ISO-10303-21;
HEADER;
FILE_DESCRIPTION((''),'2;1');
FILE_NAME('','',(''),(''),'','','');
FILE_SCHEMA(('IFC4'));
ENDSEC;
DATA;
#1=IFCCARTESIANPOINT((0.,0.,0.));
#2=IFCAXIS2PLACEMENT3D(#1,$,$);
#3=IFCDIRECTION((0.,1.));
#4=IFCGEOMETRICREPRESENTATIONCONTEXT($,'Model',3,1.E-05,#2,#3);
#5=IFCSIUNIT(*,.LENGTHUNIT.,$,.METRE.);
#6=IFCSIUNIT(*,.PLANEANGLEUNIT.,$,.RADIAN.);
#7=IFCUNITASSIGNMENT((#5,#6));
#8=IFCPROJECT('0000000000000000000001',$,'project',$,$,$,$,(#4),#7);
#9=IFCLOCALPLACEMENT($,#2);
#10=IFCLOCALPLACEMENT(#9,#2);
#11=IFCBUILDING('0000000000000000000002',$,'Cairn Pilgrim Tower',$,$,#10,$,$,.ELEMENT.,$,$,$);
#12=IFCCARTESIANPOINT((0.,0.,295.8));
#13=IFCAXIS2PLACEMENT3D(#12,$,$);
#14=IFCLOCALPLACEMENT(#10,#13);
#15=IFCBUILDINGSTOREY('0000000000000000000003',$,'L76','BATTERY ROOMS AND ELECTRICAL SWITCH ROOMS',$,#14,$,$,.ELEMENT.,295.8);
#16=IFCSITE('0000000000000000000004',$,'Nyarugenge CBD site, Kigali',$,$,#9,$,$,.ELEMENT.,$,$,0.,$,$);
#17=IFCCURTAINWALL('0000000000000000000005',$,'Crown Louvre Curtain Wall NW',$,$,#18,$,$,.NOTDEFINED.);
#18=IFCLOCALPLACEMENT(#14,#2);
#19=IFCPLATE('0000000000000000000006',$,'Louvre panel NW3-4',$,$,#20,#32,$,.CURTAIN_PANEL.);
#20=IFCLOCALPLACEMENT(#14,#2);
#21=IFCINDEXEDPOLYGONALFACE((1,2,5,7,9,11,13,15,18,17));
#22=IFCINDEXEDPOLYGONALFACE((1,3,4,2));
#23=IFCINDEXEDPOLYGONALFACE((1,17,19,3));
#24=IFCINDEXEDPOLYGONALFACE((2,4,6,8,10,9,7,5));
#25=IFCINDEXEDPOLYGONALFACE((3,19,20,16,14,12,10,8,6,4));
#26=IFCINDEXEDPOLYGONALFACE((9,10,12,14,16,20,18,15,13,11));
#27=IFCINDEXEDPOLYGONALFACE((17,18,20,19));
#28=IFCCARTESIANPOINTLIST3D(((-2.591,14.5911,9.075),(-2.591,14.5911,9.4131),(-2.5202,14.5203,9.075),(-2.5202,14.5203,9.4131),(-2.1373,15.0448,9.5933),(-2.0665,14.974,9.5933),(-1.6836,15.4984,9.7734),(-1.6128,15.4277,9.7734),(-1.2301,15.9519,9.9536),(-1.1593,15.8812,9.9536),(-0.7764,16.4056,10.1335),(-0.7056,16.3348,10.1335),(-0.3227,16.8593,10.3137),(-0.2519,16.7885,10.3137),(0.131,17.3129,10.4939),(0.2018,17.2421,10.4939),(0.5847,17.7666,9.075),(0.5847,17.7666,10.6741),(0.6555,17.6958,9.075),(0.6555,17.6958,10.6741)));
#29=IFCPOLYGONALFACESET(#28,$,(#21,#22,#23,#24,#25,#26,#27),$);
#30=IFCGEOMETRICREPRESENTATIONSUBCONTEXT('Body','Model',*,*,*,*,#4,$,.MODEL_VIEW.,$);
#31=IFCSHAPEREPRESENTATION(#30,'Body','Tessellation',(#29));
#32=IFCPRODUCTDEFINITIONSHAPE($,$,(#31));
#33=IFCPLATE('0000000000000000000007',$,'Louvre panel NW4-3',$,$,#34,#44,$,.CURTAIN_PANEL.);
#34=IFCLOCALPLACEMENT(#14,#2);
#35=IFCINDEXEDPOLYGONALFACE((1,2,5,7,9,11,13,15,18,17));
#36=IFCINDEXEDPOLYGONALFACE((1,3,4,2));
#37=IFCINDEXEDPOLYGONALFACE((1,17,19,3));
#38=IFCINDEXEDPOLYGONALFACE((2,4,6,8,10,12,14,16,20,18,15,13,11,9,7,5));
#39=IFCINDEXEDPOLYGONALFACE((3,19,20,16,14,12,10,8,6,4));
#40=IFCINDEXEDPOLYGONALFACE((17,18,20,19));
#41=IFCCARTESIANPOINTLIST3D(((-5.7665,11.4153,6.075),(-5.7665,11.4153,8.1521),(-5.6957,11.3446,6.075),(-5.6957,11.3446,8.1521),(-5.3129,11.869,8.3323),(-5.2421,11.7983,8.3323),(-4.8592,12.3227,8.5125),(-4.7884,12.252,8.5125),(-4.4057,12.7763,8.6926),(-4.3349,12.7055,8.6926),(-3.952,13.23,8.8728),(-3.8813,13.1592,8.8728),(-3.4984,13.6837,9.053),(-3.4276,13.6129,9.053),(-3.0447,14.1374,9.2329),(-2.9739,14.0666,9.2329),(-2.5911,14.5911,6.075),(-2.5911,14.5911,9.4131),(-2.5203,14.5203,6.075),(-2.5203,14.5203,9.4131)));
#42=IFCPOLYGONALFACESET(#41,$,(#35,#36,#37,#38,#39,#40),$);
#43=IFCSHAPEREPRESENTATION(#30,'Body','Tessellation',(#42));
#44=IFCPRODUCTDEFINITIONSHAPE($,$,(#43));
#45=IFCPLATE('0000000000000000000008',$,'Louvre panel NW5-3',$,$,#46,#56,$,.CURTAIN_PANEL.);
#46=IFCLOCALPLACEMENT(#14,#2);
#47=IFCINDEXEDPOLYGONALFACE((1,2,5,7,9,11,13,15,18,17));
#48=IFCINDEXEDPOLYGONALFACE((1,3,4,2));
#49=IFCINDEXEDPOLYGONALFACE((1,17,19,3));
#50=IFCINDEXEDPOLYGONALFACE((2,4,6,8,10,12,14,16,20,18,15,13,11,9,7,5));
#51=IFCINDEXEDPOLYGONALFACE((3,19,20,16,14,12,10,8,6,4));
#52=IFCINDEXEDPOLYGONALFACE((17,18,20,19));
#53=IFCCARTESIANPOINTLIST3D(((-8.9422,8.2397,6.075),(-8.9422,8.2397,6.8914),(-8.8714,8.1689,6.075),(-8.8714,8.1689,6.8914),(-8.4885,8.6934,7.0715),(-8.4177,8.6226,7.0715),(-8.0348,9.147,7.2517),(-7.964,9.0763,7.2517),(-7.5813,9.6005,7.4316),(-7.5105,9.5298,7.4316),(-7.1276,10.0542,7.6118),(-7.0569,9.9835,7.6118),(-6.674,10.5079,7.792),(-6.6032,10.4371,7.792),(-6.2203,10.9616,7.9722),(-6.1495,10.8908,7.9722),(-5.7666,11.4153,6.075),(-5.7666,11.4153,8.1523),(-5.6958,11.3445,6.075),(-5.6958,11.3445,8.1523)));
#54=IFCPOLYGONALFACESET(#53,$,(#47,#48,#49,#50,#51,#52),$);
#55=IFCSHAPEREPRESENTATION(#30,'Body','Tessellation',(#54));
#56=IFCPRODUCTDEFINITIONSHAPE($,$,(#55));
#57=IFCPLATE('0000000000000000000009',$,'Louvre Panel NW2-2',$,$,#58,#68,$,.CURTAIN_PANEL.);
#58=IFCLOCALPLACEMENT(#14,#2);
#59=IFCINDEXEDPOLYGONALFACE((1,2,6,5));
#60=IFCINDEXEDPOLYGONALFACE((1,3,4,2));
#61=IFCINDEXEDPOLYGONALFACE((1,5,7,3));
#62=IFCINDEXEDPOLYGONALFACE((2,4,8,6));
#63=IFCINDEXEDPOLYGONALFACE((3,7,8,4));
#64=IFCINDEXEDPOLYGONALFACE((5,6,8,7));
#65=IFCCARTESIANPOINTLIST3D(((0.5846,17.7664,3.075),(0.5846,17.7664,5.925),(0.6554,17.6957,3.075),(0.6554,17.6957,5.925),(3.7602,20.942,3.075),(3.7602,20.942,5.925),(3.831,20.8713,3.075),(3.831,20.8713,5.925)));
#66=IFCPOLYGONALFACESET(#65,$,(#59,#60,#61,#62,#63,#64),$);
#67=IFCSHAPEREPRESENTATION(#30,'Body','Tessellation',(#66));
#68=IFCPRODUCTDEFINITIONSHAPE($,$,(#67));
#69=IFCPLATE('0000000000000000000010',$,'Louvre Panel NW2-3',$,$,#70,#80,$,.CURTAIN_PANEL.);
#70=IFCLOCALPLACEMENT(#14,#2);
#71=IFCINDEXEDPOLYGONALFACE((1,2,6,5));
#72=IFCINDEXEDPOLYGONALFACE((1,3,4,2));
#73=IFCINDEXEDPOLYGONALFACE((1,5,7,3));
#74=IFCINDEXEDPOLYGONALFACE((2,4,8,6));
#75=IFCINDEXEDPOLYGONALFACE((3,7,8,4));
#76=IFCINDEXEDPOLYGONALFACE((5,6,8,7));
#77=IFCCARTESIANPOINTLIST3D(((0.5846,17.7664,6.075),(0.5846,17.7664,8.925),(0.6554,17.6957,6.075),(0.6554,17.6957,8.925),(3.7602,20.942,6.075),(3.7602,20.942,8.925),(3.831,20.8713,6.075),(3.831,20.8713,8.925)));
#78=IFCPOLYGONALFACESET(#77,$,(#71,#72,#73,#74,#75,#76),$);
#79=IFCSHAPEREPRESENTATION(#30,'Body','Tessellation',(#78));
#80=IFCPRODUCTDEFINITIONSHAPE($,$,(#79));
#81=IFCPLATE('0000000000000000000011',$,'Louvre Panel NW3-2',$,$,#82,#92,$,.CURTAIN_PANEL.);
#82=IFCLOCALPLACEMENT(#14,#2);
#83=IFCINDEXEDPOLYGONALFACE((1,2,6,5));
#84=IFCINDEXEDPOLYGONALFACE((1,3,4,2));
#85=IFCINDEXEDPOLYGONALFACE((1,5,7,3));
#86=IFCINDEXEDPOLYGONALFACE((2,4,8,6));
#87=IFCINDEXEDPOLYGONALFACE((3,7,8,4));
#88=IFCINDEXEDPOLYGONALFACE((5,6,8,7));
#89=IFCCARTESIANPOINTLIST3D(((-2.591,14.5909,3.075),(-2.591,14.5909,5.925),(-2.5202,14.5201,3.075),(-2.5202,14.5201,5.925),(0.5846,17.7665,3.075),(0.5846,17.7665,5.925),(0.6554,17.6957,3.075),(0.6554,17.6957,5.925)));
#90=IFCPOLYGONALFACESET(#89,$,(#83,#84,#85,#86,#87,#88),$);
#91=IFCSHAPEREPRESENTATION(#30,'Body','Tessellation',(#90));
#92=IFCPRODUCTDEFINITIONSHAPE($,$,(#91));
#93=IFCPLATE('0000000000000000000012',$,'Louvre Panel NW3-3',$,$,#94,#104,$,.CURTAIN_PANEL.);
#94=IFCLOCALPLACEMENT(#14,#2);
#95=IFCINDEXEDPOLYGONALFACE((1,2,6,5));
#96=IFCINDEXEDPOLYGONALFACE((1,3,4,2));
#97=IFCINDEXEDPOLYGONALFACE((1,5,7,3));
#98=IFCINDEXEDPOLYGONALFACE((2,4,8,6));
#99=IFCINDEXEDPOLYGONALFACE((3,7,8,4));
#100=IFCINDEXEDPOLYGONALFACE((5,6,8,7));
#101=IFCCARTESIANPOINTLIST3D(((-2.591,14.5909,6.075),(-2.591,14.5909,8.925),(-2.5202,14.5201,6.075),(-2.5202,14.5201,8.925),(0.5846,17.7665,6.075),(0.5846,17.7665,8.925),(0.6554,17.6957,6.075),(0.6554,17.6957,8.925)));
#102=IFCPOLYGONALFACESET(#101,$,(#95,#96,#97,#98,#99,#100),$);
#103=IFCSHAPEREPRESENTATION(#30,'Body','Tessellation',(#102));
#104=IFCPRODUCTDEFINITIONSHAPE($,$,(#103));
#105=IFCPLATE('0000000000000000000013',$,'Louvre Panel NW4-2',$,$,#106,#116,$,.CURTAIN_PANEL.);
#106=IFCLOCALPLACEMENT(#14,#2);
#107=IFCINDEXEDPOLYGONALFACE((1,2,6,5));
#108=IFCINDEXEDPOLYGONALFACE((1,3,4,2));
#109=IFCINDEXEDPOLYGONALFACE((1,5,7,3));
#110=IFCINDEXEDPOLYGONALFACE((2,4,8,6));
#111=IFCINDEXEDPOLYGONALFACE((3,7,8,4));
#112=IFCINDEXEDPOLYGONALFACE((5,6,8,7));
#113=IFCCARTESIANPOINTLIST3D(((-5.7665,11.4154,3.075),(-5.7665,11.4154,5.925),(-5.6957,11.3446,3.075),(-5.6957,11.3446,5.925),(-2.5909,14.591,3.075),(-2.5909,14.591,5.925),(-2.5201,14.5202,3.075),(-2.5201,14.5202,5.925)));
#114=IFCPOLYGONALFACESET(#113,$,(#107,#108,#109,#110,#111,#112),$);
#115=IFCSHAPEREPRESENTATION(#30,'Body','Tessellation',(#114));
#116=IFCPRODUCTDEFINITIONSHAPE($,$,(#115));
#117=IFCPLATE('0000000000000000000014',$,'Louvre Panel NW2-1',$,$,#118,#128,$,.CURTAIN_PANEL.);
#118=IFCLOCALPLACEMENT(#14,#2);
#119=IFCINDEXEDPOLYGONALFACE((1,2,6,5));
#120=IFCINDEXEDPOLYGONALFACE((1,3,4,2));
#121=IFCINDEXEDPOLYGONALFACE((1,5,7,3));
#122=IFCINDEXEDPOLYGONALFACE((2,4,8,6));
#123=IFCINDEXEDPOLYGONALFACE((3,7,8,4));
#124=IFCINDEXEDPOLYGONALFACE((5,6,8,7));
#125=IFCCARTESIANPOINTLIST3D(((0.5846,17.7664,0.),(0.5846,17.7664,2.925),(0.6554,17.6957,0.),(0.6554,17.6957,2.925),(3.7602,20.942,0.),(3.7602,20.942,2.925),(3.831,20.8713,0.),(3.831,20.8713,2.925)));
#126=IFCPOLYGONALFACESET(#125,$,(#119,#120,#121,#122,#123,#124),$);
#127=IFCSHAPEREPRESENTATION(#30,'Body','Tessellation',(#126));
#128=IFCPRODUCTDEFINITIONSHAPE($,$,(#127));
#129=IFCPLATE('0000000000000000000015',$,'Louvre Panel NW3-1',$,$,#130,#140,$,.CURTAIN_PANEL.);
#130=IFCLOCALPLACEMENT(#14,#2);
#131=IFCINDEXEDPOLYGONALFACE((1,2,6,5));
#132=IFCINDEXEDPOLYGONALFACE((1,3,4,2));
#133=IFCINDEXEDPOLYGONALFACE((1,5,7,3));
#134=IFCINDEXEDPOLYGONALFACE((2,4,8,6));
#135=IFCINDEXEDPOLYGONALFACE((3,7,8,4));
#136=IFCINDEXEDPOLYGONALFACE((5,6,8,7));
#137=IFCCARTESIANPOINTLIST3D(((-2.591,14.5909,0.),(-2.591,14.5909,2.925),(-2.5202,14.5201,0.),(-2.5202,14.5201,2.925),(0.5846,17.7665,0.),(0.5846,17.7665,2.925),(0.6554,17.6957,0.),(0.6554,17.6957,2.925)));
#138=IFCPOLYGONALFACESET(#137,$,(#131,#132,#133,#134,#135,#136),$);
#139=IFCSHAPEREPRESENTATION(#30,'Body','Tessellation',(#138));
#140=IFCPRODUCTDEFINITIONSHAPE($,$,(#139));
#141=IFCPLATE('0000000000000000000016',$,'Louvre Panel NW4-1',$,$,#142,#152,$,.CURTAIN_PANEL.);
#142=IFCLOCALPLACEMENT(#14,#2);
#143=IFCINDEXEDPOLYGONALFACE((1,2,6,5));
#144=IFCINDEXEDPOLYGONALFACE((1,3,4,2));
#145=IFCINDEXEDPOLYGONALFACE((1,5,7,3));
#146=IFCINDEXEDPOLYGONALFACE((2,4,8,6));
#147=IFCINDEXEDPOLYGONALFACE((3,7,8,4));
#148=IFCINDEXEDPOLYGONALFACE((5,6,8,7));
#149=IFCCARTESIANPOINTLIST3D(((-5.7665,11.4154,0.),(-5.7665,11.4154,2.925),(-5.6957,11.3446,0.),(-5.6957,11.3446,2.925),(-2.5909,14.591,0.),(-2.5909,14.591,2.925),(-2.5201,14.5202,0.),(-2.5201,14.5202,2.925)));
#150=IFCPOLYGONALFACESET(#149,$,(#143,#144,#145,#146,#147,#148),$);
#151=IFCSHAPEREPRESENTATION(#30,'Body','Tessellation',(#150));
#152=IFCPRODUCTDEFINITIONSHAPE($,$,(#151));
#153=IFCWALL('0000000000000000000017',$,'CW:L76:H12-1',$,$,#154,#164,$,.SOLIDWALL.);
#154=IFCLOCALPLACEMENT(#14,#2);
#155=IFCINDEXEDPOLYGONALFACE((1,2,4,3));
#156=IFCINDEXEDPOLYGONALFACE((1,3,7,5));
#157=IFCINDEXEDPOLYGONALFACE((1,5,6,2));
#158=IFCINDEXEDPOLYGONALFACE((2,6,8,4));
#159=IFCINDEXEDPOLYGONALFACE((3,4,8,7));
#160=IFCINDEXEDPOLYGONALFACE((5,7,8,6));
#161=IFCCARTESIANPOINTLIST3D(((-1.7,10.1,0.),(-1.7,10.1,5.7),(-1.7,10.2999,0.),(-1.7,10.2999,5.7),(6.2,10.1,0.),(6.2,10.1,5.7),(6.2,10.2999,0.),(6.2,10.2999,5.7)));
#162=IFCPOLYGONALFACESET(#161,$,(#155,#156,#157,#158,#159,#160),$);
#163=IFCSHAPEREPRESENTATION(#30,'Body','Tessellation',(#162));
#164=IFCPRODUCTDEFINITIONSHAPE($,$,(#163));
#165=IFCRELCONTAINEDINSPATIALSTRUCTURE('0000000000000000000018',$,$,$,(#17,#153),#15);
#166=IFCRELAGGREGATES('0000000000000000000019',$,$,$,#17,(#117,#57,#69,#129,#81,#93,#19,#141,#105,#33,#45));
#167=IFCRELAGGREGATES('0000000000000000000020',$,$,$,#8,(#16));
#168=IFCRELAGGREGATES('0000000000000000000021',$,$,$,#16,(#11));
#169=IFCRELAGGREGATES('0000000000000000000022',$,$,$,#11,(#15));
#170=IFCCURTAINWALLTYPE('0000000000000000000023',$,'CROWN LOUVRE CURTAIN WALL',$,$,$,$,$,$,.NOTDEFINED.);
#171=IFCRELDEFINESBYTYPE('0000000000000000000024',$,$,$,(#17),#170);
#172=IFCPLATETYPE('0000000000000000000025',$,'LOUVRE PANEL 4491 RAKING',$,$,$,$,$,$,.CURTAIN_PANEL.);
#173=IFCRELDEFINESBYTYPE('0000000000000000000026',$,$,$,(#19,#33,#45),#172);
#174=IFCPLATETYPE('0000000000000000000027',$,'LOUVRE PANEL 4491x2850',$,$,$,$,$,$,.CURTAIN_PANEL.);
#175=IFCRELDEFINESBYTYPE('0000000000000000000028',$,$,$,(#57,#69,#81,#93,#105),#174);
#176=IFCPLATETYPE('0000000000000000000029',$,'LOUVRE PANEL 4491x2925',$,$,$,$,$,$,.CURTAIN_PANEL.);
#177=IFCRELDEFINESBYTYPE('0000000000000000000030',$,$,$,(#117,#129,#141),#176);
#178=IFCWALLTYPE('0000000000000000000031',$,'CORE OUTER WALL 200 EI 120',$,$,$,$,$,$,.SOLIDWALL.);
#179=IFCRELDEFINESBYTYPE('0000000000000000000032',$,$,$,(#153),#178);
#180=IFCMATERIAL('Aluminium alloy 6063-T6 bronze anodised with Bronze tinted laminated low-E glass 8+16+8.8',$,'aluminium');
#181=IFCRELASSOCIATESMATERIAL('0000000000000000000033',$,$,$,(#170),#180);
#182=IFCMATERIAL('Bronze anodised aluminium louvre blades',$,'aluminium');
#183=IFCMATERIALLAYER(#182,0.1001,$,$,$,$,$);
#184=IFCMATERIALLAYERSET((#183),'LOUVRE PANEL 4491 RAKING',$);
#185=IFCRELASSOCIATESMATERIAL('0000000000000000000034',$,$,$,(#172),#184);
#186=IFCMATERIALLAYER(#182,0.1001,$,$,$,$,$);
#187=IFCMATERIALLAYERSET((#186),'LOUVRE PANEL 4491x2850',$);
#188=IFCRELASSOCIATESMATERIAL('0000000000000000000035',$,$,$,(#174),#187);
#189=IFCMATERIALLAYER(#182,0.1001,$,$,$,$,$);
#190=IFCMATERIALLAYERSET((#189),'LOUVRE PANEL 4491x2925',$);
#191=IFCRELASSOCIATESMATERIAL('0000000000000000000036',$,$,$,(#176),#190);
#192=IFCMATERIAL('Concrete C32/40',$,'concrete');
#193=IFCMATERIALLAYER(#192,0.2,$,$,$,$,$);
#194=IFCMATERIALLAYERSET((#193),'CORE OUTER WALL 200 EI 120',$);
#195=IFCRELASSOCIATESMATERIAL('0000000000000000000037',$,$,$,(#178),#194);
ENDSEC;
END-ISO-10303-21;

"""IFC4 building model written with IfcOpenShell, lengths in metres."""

from ifc_helpers import new_model, si_unit, direction, frame, frame_2d, origin, origin_2d, place, context, subcontext, project, spatial, polyline, rectangle, outline, extrude, material, layer, layer_set, type_object, element, aggregate, save


model = new_model("IFC4")

# Units and contexts
model_context = context("Model", 3, precision=1e-05, world=origin(), true_north=direction((0.0, 1.0)))
body_context = subcontext(model_context, "Body", "Model", "MODEL_VIEW")
ifc_project = project(units=[si_unit("LENGTHUNIT", "METRE"), si_unit("PLANEANGLEUNIT", "RADIAN")], contexts=[model_context])

# Site, building, storey
site_placement = place(None, origin())
site = spatial("IfcSite", under=ifc_project, at=site_placement, Name="Nyarugenge CBD site, Kigali", CompositionType="ELEMENT", RefElevation=0.0)
building_placement = place(site_placement, origin())
building = spatial("IfcBuilding", under=site, at=building_placement, Name="Cairn Pilgrim Tower", CompositionType="ELEMENT")
storey_placement = place(building_placement, frame((0.0, 0.0, 295.8)))
storey = spatial("IfcBuildingStorey", under=building, at=storey_placement, Name="L76", Description="BATTERY ROOMS AND ELECTRICAL SWITCH ROOMS", CompositionType="ELEMENT", Elevation=295.8)

# Curtain wall
ifc_material_1 = material(Name="Aluminium alloy 6063-T6 bronze anodised with Bronze tinted laminated low-E glass 8+16+8.8", Category="aluminium")
curtain_wall_type = type_object("IfcCurtainWallType", Name="CROWN LOUVRE CURTAIN WALL", PredefinedType="NOTDEFINED", material=ifc_material_1)
curtain_wall_placement = place(storey_placement, origin())
curtain_wall = element("IfcCurtainWall", 1, at=curtain_wall_placement, inside=storey, type_object=curtain_wall_type, Name="Crown Louvre Curtain Wall NW", PredefinedType="NOTDEFINED")

# Plates
ifc_material_2 = material(Name="Bronze anodised aluminium louvre blades", Category="aluminium")
ifc_layer_1 = layer(ifc_material_2, 0.1001)
ifc_layer_set_1 = layer_set([ifc_layer_1], Name="LOUVRE PANEL 4491 RAKING")
plate_type_1 = type_object("IfcPlateType", Name="LOUVRE PANEL 4491 RAKING", PredefinedType="CURTAIN_PANEL", material=ifc_layer_set_1)
plate_1_placement = place(storey_placement, frame((0.6201, 17.7312, 9.075), z_axis=(0.0, 0.0, 1.0), x_axis=(-0.707134, -0.70708, 0.0)))
plate_1 = element("IfcPlate", 2, at=plate_1_placement, type_object=plate_type_1, Name="Louvre panel NW3-4", PredefinedType="CURTAIN_PANEL", context=body_context, shape_type="SweptSolid", body=[
    extrude(outline(polyline([(0.0, 0.0), (4.491, 0.0), (4.491, 0.3381), (3.8494, 0.5183), (3.2078, 0.6985), (2.5664, 0.8787), (1.9248, 1.0586), (1.2832, 1.2388), (0.6416, 1.4189), (0.0, 1.5991), (0.0, 0.0)])), frame((0.0, 0.05, 0.0), z_axis=(0.0, -1.0, 0.0), x_axis=(1.0, 0.0, 0.0)), (0.0, 0.0, 1.0), 0.1001),
])
plate_2_placement = place(storey_placement, frame((-2.5557, 14.5557, 6.075), z_axis=(0.0, 0.0, 1.0), x_axis=(-0.70708, -0.707134, 0.0)))
plate_2 = element("IfcPlate", 3, at=plate_2_placement, type_object=plate_type_1, Name="Louvre panel NW4-3", PredefinedType="CURTAIN_PANEL", context=body_context, shape_type="SweptSolid", body=[
    extrude(outline(polyline([(0.0, 0.0), (4.491, 0.0), (4.491, 2.0771), (3.8494, 2.2573), (3.2078, 2.4375), (2.5664, 2.6177), (1.9248, 2.7979), (1.2832, 2.978), (0.6416, 3.158), (0.0, 3.3381), (0.0, 0.0)])), frame((0.0, 0.05, 0.0), z_axis=(0.0, -1.0, 0.0), x_axis=(1.0, 0.0, 0.0)), (0.0, 0.0, 1.0), 0.1001),
])
plate_3_placement = place(storey_placement, frame((-5.7312, 11.3799, 6.075), z_axis=(0.0, 0.0, 1.0), x_axis=(-0.707107, -0.707107, 0.0)))
plate_3 = element("IfcPlate", 4, at=plate_3_placement, type_object=plate_type_1, Name="Louvre panel NW5-3", PredefinedType="CURTAIN_PANEL", context=body_context, shape_type="SweptSolid", body=[
    extrude(outline(polyline([(0.0, 0.0), (4.491, 0.0), (4.491, 0.8164), (3.8494, 0.9966), (3.2078, 1.1768), (2.5664, 1.3567), (1.9248, 1.5369), (1.2832, 1.717), (0.6416, 1.8972), (0.0, 2.0774), (0.0, 0.0)])), frame((0.0, 0.05, 0.0), z_axis=(0.0, -1.0, 0.0), x_axis=(1.0, 0.0, 0.0)), (0.0, 0.0, 1.0), 0.1001),
])
ifc_layer_2 = layer(ifc_material_2, 0.1001)
ifc_layer_set_2 = layer_set([ifc_layer_2], Name="LOUVRE PANEL 4491x2850")
plate_type_2 = type_object("IfcPlateType", Name="LOUVRE PANEL 4491x2850", PredefinedType="CURTAIN_PANEL", material=ifc_layer_set_2)
plate_4_placement = place(storey_placement, frame((2.2078, 19.3188, 3.075), z_axis=(0.0, 0.0, 1.0), x_axis=(-0.707107, -0.707107, 0.0)))
plate_4 = element("IfcPlate", 5, at=plate_4_placement, type_object=plate_type_2, Name="Louvre Panel NW2-2", PredefinedType="CURTAIN_PANEL", context=body_context, shape_type="SweptSolid", body=[
    extrude(rectangle(XDim=4.491, YDim=0.1001, at=origin_2d()), origin(), (0.0, 0.0, 1.0), 2.8501),
])
plate_5_placement = place(storey_placement, frame((2.2078, 19.3188, 6.075), z_axis=(0.0, 0.0, 1.0), x_axis=(-0.707107, -0.707107, 0.0)))
plate_5 = element("IfcPlate", 6, at=plate_5_placement, type_object=plate_type_2, Name="Louvre Panel NW2-3", PredefinedType="CURTAIN_PANEL", context=body_context, shape_type="SweptSolid", body=[
    extrude(rectangle(XDim=4.491, YDim=0.1001, at=origin_2d()), origin(), (0.0, 0.0, 1.0), 2.8501),
])
plate_6_placement = place(storey_placement, frame((-0.9678, 16.1433, 3.075), z_axis=(0.0, 0.0, 1.0), x_axis=(-0.707107, -0.707107, 0.0)))
plate_6 = element("IfcPlate", 7, at=plate_6_placement, type_object=plate_type_2, Name="Louvre Panel NW3-2", PredefinedType="CURTAIN_PANEL", context=body_context, shape_type="SweptSolid", body=[
    extrude(rectangle(XDim=4.491, YDim=0.1001, at=origin_2d()), origin(), (0.0, 0.0, 1.0), 2.8501),
])
plate_7_placement = place(storey_placement, frame((-0.9678, 16.1433, 6.075), z_axis=(0.0, 0.0, 1.0), x_axis=(-0.707107, -0.707107, 0.0)))
plate_7 = element("IfcPlate", 8, at=plate_7_placement, type_object=plate_type_2, Name="Louvre Panel NW3-3", PredefinedType="CURTAIN_PANEL", context=body_context, shape_type="SweptSolid", body=[
    extrude(rectangle(XDim=4.491, YDim=0.1001, at=origin_2d()), origin(), (0.0, 0.0, 1.0), 2.8501),
])
plate_8_placement = place(storey_placement, frame((-4.1433, 12.9678, 3.075), z_axis=(0.0, 0.0, 1.0), x_axis=(-0.707107, -0.707107, 0.0)))
plate_8 = element("IfcPlate", 9, at=plate_8_placement, type_object=plate_type_2, Name="Louvre Panel NW4-2", PredefinedType="CURTAIN_PANEL", context=body_context, shape_type="SweptSolid", body=[
    extrude(rectangle(XDim=4.491, YDim=0.1001, at=origin_2d()), origin(), (0.0, 0.0, 1.0), 2.8501),
])
ifc_layer_3 = layer(ifc_material_2, 0.1001)
ifc_layer_set_3 = layer_set([ifc_layer_3], Name="LOUVRE PANEL 4491x2925")
plate_type_3 = type_object("IfcPlateType", Name="LOUVRE PANEL 4491x2925", PredefinedType="CURTAIN_PANEL", material=ifc_layer_set_3)
plate_9_placement = place(storey_placement, frame((2.2078, 19.3188, 0.0), z_axis=(0.0, 0.0, 1.0), x_axis=(-0.707107, -0.707107, 0.0)))
plate_9 = element("IfcPlate", 10, at=plate_9_placement, type_object=plate_type_3, Name="Louvre Panel NW2-1", PredefinedType="CURTAIN_PANEL", context=body_context, shape_type="SweptSolid", body=[
    extrude(rectangle(XDim=4.491, YDim=0.1001, at=origin_2d()), origin(), (0.0, 0.0, 1.0), 2.925),
])
plate_10_placement = place(storey_placement, frame((-0.9678, 16.1433, 0.0), z_axis=(0.0, 0.0, 1.0), x_axis=(-0.707107, -0.707107, 0.0)))
plate_10 = element("IfcPlate", 11, at=plate_10_placement, type_object=plate_type_3, Name="Louvre Panel NW3-1", PredefinedType="CURTAIN_PANEL", context=body_context, shape_type="SweptSolid", body=[
    extrude(rectangle(XDim=4.491, YDim=0.1001, at=origin_2d()), origin(), (0.0, 0.0, 1.0), 2.925),
])
plate_11_placement = place(storey_placement, frame((-4.1433, 12.9678, 0.0), z_axis=(0.0, 0.0, 1.0), x_axis=(-0.707107, -0.707107, 0.0)))
plate_11 = element("IfcPlate", 12, at=plate_11_placement, type_object=plate_type_3, Name="Louvre Panel NW4-1", PredefinedType="CURTAIN_PANEL", context=body_context, shape_type="SweptSolid", body=[
    extrude(rectangle(XDim=4.491, YDim=0.1001, at=origin_2d()), origin(), (0.0, 0.0, 1.0), 2.925),
])
aggregate(curtain_wall, [plate_9, plate_4, plate_5, plate_10, plate_6, plate_7, plate_1, plate_11, plate_8, plate_2, plate_3])

# Wall
ifc_material_3 = material(Name="Concrete C32/40", Category="concrete")
ifc_layer_4 = layer(ifc_material_3, 0.2)
ifc_layer_set_4 = layer_set([ifc_layer_4], Name="CORE OUTER WALL 200 EI 120")
wall_type_1 = type_object("IfcWallType", Name="CORE OUTER WALL 200 EI 120", PredefinedType="SOLIDWALL", material=ifc_layer_set_4)
wall_1_placement = place(storey_placement, frame((-1.7, 10.2, 0.0), z_axis=(0.0, 0.0, 1.0), x_axis=(1.0, 0.0, 0.0)))
element("IfcWall", 13, at=wall_1_placement, inside=storey, type_object=wall_type_1, Name="CW:L76:H12-1", PredefinedType="SOLIDWALL", context=body_context, shape_type="SweptSolid", body=[
    extrude(rectangle(XDim=7.8999, YDim=0.2, at=frame_2d((3.95, 0.0))), origin(), (0.0, 0.0, 1.0), 5.7),
])

save(model, "model.ifc")
